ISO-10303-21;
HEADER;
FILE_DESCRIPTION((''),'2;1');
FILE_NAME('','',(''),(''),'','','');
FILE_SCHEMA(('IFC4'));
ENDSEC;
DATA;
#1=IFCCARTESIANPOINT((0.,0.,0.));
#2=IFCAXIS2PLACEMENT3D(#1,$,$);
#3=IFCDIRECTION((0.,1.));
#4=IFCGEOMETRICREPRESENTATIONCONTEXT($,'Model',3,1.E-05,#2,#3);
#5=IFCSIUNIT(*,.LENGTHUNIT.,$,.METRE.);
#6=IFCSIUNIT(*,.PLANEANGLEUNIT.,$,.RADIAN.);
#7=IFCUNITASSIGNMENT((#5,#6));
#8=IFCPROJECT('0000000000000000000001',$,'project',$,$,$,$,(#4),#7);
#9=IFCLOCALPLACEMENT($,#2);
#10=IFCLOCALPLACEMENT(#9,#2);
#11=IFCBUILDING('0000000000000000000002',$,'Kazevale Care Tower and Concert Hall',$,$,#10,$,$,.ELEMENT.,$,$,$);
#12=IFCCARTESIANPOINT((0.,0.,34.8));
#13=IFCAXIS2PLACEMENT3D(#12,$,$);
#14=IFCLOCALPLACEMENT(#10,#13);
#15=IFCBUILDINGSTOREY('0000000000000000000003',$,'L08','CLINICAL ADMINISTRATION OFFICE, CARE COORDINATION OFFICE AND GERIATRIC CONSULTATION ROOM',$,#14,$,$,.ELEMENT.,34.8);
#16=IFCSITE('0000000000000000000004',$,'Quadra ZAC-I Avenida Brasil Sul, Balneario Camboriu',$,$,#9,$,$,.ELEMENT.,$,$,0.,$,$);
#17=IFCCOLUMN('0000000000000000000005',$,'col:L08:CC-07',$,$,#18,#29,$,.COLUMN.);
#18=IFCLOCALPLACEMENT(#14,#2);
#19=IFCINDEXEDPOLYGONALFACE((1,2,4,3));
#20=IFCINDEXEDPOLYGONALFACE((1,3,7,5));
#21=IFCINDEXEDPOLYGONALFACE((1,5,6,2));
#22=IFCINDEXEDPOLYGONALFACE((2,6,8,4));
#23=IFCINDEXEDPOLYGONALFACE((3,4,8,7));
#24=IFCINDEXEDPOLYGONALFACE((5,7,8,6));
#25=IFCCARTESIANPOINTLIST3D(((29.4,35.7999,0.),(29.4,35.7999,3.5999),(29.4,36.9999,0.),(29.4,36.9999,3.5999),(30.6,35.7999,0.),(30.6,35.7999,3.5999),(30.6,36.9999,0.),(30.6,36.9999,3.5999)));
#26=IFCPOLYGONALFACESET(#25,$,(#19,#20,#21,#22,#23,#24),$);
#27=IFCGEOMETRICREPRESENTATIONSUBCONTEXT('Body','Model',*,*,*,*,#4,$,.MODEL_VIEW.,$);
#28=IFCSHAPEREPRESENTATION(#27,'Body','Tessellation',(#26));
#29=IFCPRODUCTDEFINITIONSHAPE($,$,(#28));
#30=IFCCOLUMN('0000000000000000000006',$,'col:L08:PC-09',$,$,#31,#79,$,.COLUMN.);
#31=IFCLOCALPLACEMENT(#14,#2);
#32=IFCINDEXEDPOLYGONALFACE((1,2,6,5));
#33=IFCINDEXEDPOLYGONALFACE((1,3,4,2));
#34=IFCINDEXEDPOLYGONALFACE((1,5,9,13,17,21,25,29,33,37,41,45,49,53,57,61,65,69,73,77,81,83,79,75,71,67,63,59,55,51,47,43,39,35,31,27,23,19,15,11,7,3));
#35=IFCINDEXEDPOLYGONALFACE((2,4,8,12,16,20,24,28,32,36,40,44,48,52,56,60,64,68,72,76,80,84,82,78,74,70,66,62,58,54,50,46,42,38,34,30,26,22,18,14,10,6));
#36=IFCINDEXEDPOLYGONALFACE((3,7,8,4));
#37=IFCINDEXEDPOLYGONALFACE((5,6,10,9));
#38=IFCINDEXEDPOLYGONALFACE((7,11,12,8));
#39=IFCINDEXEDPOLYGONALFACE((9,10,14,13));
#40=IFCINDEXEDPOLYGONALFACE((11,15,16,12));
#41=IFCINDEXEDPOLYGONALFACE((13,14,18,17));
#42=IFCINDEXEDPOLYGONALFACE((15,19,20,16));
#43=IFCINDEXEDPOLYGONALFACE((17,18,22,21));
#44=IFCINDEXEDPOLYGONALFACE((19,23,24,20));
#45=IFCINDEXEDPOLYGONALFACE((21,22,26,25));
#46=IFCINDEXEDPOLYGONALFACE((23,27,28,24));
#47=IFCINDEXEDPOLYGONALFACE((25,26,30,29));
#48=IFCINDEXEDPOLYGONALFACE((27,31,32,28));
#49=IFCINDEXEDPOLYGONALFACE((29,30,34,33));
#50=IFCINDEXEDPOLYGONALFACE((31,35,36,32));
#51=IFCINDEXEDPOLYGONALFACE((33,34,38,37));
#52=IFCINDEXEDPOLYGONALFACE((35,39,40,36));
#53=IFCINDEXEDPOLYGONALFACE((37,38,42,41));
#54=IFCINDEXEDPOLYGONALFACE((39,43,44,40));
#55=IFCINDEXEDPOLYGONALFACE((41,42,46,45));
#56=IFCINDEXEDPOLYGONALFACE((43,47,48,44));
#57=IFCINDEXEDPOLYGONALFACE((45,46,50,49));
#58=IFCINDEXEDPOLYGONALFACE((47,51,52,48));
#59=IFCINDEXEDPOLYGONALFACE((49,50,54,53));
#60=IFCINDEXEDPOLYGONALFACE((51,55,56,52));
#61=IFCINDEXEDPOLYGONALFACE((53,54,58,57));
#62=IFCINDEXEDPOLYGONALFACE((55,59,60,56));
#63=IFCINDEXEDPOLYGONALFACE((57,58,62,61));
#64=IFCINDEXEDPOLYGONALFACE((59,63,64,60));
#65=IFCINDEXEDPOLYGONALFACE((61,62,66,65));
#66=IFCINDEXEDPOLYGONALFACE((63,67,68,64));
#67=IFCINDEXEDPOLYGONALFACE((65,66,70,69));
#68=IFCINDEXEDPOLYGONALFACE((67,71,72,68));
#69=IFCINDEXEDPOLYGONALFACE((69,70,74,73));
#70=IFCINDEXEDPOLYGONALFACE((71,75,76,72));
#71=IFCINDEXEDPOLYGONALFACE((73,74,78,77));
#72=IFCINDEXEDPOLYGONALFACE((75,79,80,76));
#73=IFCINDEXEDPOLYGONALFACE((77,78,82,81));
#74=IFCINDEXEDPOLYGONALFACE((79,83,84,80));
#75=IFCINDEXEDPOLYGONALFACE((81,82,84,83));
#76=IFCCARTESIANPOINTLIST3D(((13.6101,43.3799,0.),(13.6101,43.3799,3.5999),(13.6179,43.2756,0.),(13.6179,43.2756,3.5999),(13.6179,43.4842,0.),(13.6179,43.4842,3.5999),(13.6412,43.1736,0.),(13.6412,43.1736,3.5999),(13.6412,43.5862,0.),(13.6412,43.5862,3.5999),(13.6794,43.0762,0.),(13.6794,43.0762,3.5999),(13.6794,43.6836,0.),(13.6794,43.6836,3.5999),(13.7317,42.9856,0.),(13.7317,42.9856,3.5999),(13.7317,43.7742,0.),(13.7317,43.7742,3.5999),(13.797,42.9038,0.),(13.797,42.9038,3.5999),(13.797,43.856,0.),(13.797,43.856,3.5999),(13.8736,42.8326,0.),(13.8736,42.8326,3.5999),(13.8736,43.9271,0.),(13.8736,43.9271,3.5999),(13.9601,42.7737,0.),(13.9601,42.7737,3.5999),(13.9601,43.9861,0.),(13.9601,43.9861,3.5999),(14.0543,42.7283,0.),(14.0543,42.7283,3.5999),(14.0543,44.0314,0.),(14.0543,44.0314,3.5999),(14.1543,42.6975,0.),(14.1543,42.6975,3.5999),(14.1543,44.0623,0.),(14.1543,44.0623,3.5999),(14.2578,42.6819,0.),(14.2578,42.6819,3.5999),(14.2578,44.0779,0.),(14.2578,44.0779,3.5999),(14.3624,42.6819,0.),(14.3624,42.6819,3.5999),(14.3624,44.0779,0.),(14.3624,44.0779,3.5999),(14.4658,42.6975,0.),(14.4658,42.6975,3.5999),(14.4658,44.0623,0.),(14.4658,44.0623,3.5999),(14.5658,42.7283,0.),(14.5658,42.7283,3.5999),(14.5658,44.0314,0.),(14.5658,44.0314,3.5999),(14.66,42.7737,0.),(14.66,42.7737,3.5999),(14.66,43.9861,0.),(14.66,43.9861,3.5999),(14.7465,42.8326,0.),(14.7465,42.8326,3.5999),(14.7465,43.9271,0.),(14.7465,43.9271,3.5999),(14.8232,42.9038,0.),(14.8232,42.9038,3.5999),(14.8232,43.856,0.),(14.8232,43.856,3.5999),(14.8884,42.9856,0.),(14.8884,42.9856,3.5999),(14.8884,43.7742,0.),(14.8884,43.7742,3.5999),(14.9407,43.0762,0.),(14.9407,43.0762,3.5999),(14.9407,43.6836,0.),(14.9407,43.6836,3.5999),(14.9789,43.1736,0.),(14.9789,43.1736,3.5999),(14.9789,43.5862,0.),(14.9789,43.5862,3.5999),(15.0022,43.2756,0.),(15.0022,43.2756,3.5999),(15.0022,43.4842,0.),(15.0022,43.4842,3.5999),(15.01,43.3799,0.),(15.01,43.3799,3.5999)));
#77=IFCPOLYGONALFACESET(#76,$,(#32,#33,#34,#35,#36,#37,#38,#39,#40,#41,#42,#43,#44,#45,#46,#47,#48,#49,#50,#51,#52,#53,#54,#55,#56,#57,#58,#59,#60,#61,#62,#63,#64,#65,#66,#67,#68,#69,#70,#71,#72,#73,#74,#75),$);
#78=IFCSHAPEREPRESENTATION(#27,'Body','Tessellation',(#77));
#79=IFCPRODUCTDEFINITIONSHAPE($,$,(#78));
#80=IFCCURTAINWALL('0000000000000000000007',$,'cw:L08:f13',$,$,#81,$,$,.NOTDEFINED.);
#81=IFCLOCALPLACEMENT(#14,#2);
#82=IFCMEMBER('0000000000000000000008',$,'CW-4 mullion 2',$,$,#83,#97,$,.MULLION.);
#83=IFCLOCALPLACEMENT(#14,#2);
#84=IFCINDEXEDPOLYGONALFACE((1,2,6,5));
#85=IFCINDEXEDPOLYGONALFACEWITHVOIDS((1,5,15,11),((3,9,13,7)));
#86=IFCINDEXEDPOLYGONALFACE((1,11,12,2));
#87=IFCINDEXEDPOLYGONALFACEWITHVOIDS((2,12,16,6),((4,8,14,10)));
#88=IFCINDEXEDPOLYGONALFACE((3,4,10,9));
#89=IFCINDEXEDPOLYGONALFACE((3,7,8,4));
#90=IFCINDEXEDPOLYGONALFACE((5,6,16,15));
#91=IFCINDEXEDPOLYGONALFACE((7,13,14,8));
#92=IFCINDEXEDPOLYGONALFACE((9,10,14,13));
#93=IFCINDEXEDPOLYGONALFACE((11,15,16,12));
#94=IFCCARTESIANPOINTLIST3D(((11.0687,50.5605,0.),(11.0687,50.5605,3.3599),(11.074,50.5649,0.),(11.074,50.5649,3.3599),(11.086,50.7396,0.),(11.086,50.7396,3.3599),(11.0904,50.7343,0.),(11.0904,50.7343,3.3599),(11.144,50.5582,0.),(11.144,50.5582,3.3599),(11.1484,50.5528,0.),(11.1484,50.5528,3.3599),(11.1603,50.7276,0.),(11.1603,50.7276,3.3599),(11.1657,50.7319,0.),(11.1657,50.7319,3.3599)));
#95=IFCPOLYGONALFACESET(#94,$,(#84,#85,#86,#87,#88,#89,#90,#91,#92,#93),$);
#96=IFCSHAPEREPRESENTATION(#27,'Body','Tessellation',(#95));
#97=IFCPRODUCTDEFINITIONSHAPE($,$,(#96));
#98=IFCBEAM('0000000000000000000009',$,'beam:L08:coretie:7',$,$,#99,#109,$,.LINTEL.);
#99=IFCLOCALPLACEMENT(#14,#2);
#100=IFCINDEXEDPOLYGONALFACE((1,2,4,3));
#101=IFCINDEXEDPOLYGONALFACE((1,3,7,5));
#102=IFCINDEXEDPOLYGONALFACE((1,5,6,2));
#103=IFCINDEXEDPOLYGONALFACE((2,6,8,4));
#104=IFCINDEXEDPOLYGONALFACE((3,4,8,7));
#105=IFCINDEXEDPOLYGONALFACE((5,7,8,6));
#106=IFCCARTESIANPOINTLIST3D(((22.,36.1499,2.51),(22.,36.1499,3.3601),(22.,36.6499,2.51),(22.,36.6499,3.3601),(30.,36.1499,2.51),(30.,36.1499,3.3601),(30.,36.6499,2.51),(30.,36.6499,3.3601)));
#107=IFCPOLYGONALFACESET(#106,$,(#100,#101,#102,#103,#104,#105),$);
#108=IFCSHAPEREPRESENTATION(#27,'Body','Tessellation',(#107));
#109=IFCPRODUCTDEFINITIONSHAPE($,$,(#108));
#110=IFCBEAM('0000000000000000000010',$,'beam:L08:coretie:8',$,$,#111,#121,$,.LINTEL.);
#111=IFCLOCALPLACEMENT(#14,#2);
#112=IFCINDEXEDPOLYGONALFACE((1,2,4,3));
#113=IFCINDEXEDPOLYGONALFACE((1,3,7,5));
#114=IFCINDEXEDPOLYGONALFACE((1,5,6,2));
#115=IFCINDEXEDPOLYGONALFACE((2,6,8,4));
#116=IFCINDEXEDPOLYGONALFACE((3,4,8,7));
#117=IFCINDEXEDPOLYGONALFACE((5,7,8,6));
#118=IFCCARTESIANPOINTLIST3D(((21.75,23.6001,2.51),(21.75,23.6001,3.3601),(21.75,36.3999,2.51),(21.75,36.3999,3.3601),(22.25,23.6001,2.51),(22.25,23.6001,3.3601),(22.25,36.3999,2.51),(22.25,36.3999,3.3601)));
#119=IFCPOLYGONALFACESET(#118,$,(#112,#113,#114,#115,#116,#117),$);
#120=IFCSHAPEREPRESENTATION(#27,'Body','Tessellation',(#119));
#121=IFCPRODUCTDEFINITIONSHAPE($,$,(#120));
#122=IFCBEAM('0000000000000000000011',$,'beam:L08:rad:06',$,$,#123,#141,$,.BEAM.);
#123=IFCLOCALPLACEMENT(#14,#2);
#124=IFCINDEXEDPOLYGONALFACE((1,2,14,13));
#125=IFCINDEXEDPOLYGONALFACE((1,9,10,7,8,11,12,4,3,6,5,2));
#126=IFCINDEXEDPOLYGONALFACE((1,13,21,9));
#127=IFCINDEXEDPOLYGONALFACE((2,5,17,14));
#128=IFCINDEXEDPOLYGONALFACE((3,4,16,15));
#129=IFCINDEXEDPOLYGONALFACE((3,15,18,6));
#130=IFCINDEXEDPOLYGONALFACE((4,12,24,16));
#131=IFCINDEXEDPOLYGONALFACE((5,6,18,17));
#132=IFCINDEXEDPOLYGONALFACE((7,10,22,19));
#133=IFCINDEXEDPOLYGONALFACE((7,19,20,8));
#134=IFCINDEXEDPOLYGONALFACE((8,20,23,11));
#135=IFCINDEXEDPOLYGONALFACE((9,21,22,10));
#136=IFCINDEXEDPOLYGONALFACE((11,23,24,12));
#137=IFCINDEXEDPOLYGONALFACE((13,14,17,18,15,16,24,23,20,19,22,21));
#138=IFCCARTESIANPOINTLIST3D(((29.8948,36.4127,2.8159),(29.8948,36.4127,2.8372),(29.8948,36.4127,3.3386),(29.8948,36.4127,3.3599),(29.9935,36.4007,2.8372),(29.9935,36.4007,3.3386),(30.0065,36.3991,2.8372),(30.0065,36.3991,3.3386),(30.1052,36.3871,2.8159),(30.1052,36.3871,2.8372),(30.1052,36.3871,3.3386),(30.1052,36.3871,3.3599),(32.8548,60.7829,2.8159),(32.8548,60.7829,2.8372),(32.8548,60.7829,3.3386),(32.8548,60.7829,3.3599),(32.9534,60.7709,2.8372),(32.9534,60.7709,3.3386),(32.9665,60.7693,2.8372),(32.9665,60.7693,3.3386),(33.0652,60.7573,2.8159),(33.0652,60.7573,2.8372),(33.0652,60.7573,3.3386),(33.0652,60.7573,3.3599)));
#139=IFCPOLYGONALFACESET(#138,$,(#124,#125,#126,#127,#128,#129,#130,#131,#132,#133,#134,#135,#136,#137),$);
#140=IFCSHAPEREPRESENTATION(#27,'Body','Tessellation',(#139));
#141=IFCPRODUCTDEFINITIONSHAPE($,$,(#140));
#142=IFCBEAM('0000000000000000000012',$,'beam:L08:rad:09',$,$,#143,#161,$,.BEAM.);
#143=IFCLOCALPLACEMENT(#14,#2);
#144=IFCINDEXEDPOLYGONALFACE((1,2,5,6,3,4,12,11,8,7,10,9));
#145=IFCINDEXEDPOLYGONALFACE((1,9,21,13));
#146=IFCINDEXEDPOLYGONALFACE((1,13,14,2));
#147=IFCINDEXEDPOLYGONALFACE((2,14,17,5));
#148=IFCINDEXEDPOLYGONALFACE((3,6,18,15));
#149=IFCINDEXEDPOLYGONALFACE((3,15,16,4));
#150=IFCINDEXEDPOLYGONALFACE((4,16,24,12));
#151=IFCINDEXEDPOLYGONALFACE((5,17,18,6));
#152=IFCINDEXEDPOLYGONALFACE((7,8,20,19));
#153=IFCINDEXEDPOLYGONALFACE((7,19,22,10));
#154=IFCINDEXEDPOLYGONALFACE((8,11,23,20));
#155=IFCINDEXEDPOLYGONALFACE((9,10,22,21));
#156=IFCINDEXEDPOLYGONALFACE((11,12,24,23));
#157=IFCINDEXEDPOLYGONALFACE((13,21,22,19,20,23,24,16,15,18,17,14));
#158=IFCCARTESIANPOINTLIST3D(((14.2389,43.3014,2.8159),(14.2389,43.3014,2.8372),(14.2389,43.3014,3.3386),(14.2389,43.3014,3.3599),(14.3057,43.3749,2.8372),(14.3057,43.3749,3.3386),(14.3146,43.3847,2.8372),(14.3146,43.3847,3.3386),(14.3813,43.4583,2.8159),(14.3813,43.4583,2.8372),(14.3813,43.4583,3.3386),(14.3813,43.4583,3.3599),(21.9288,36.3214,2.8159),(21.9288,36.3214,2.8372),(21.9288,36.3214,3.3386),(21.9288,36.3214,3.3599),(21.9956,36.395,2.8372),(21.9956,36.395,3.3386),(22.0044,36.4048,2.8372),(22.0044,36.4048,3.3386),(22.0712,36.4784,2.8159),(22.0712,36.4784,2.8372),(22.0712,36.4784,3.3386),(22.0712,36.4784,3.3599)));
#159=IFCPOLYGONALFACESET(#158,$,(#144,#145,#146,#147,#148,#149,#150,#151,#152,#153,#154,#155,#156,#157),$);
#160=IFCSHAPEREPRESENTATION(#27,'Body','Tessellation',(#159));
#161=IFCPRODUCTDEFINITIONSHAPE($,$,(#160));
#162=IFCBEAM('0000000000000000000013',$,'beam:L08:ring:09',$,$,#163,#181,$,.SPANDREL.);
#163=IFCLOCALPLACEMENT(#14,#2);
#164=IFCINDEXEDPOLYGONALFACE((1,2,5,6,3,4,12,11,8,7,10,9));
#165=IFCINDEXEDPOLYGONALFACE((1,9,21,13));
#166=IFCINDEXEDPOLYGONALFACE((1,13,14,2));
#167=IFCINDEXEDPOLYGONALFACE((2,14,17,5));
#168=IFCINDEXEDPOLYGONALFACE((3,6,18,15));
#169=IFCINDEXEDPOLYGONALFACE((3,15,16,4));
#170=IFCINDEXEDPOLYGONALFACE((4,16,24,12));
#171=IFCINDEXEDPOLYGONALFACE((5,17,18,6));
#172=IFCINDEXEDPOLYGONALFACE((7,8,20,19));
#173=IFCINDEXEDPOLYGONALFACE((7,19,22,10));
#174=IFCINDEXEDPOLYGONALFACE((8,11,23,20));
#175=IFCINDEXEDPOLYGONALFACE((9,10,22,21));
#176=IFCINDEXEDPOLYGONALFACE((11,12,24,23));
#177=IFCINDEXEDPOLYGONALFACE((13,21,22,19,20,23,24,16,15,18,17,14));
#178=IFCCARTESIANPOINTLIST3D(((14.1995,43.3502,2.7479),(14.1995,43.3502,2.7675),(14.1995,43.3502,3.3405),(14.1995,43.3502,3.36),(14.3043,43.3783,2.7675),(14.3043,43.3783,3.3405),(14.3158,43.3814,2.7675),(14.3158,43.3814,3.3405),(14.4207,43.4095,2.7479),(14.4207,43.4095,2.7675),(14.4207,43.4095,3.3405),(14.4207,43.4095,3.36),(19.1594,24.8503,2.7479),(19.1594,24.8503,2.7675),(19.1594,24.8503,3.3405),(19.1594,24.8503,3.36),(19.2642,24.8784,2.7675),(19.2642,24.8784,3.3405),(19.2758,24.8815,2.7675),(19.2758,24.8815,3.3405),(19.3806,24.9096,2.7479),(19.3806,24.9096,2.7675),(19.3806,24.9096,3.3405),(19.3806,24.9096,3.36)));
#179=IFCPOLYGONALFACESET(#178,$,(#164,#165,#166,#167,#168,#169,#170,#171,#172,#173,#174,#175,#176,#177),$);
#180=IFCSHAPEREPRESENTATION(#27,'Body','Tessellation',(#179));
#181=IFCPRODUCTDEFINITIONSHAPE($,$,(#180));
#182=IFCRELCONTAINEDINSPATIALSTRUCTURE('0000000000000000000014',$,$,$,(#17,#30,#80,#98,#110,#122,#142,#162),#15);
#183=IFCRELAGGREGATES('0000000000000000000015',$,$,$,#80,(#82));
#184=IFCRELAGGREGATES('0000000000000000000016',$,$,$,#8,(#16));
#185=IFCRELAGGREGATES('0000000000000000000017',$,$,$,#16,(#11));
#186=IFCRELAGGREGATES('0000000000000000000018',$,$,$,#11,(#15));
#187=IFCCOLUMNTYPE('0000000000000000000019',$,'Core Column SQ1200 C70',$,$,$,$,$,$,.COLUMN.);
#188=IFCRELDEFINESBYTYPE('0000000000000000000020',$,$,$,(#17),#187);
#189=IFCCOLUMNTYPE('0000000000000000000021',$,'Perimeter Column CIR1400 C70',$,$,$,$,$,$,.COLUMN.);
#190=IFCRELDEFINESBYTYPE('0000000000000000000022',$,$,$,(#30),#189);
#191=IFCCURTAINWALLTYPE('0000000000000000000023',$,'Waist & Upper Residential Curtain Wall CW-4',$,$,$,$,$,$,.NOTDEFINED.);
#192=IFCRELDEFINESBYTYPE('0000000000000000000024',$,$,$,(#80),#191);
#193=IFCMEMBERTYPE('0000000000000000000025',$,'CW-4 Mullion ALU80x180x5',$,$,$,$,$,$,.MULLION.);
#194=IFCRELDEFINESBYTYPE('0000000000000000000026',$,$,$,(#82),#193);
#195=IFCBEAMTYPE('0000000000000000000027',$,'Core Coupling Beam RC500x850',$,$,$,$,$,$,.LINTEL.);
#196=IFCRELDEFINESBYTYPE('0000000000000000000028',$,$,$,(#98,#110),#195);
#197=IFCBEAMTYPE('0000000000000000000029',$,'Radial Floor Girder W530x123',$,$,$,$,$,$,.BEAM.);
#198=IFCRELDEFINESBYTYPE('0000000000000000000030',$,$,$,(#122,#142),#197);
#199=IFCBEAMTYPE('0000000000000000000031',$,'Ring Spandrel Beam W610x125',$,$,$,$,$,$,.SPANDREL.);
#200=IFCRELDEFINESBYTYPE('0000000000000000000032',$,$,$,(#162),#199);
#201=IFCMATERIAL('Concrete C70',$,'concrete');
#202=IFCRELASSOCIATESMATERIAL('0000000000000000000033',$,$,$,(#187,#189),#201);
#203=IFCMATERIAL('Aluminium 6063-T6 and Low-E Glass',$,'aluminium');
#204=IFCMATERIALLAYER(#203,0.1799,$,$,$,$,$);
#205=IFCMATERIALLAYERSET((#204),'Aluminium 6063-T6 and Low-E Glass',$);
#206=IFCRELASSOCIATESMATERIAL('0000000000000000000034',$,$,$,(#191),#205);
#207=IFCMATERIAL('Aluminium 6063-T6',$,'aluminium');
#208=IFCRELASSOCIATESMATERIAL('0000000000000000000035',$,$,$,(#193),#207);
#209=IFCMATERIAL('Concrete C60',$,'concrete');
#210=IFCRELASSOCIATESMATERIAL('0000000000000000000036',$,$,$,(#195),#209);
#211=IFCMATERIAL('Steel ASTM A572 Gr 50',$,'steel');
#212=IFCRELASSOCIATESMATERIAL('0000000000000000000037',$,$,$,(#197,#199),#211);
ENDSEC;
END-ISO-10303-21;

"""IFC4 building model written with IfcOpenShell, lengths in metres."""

from ifc_helpers import new_model, si_unit, direction, frame, origin, origin_2d, place, context, subcontext, project, spatial, rectangle, hollow_rectangle, circle, i_section, extrude, material, layer, layer_set, material_profile, profile_set, type_object, element, aggregate, save


model = new_model("IFC4")

# Units and contexts
model_context = context("Model", 3, precision=1e-05, world=origin(), true_north=direction((0.0, 1.0)))
body_context = subcontext(model_context, "Body", "Model", "MODEL_VIEW")
ifc_project = project(units=[si_unit("LENGTHUNIT", "METRE"), si_unit("PLANEANGLEUNIT", "RADIAN")], contexts=[model_context])

# Site, building, storey
site_placement = place(None, origin())
site = spatial("IfcSite", under=ifc_project, at=site_placement, Name="Quadra ZAC-I Avenida Brasil Sul, Balneario Camboriu", CompositionType="ELEMENT", RefElevation=0.0)
building_placement = place(site_placement, origin())
building = spatial("IfcBuilding", under=site, at=building_placement, Name="Kazevale Care Tower and Concert Hall", CompositionType="ELEMENT")
storey_placement = place(building_placement, frame((0.0, 0.0, 34.8)))
storey = spatial("IfcBuildingStorey", under=building, at=storey_placement, Name="L08", Description="CLINICAL ADMINISTRATION OFFICE, CARE COORDINATION OFFICE AND GERIATRIC CONSULTATION ROOM", CompositionType="ELEMENT", Elevation=34.8)

# Columns
ifc_material_1 = material(Name="Concrete C70", Category="concrete")
ifc_material_profile_1 = material_profile(ifc_material_1, rectangle(XDim=1.2, YDim=1.2, at=origin_2d()), Name="RC-SQ1200")
ifc_profile_set_1 = profile_set([ifc_material_profile_1], Name="Concrete C70")
column_type_1 = type_object("IfcColumnType", Name="Core Column SQ1200 C70", PredefinedType="COLUMN", material=ifc_profile_set_1)
column_1_placement = place(storey_placement, frame((30.0, 36.3999, 0.0), z_axis=(0.0, 0.0, 1.0), x_axis=(1.0, 0.0, 0.0)))
element("IfcColumn", 1, at=column_1_placement, inside=storey, type_object=column_type_1, Name="col:L08:CC-07", PredefinedType="COLUMN", context=body_context, shape_type="SweptSolid", body=[
    extrude(rectangle(XDim=1.2, YDim=1.2, at=origin_2d()), origin(), (0.0, 0.0, 1.0), 3.5999),
])
ifc_material_profile_2 = material_profile(ifc_material_1, circle(Radius=0.7, at=origin_2d()), Name="RC-CIR1400")
ifc_profile_set_2 = profile_set([ifc_material_profile_2], Name="Concrete C70")
column_type_2 = type_object("IfcColumnType", Name="Perimeter Column CIR1400 C70", PredefinedType="COLUMN", material=ifc_profile_set_2)
column_2_placement = place(storey_placement, frame((14.3101, 43.3799, 0.0), z_axis=(0.0, 0.0, 1.0), x_axis=(1.0, 0.0, 0.0)))
element("IfcColumn", 2, at=column_2_placement, inside=storey, type_object=column_type_2, Name="col:L08:PC-09", PredefinedType="COLUMN", context=body_context, shape_type="SweptSolid", body=[
    extrude(circle(Radius=0.7, at=origin_2d()), origin(), (0.0, 0.0, 1.0), 3.5999),
])

# Curtain wall, member
ifc_material_2 = material(Name="Aluminium 6063-T6 and Low-E Glass", Category="aluminium")
ifc_layer_1 = layer(ifc_material_2, 0.1799)
ifc_layer_set_1 = layer_set([ifc_layer_1], Name="Aluminium 6063-T6 and Low-E Glass")
curtain_wall_type = type_object("IfcCurtainWallType", Name="Waist & Upper Residential Curtain Wall CW-4", PredefinedType="NOTDEFINED", material=ifc_layer_set_1)
curtain_wall_placement = place(storey_placement, origin())
curtain_wall = element("IfcCurtainWall", 3, at=curtain_wall_placement, inside=storey, type_object=curtain_wall_type, Name="cw:L08:f13", PredefinedType="NOTDEFINED")
ifc_material_3 = material(Name="Aluminium 6063-T6", Category="aluminium")
ifc_material_profile_3 = material_profile(ifc_material_3, hollow_rectangle(XDim=0.0801, YDim=0.1799, WallThickness=0.0049, at=origin_2d()), Name="ALU80x180x5")
ifc_profile_set_3 = profile_set([ifc_material_profile_3], Name="Aluminium 6063-T6")
member_type = type_object("IfcMemberType", Name="CW-4 Mullion ALU80x180x5", PredefinedType="MULLION", material=ifc_profile_set_3)
member_placement = place(storey_placement, frame((11.1172, 50.6462, 0.0), z_axis=(0.0, 0.0, 1.0), x_axis=(-0.995381, 0.096007, 0.0)))
member = element("IfcMember", 4, at=member_placement, type_object=member_type, Name="CW-4 mullion 2", PredefinedType="MULLION", context=body_context, shape_type="SweptSolid", body=[
    extrude(hollow_rectangle(XDim=0.0801, YDim=0.1799, WallThickness=0.0049, at=origin_2d()), origin(), (0.0, 0.0, 1.0), 3.3599),
])

# Beams
ifc_material_4 = material(Name="Concrete C60", Category="concrete")
ifc_material_profile_4 = material_profile(ifc_material_4, rectangle(XDim=0.5, YDim=0.8501, at=origin_2d()), Name="RC-B500x850")
ifc_profile_set_4 = profile_set([ifc_material_profile_4], Name="Concrete C60")
beam_type_1 = type_object("IfcBeamType", Name="Core Coupling Beam RC500x850", PredefinedType="LINTEL", material=ifc_profile_set_4)
beam_1_placement = place(storey_placement, frame((30.0, 36.3999, 2.9351), z_axis=(-1.0, 0.0, 0.0), x_axis=(0.0, -1.0, 0.0)))
element("IfcBeam", 5, at=beam_1_placement, inside=storey, type_object=beam_type_1, Name="beam:L08:coretie:7", PredefinedType="LINTEL", context=body_context, shape_type="SweptSolid", body=[
    extrude(rectangle(XDim=0.5, YDim=0.8501, at=origin_2d()), origin(), (0.0, 0.0, 1.0), 8.0),
])
beam_2_placement = place(storey_placement, frame((22.0, 36.3999, 2.9351), z_axis=(0.0, -1.0, 0.0), x_axis=(1.0, 0.0, 0.0)))
element("IfcBeam", 6, at=beam_2_placement, inside=storey, type_object=beam_type_1, Name="beam:L08:coretie:8", PredefinedType="LINTEL", context=body_context, shape_type="SweptSolid", body=[
    extrude(rectangle(XDim=0.5, YDim=0.8501, at=origin_2d()), origin(), (0.0, 0.0, 1.0), 12.7998),
])
ifc_material_5 = material(Name="Steel ASTM A572 Gr 50", Category="steel")
ifc_material_profile_5 = material_profile(ifc_material_5, i_section(OverallWidth=0.2119, OverallDepth=0.5439, WebThickness=0.0132, FlangeThickness=0.0212, at=origin_2d()), Name="W530x123")
ifc_profile_set_5 = profile_set([ifc_material_profile_5], Name="Steel ASTM A572 Gr 50")
beam_type_2 = type_object("IfcBeamType", Name="Radial Floor Girder W530x123", PredefinedType="BEAM", material=ifc_profile_set_5)
beam_3_placement = place(storey_placement, frame((30.0, 36.3999, 3.0879), z_axis=(0.120573, 0.992705, 0.0), x_axis=(-0.992705, 0.120573, 0.0)))
element("IfcBeam", 7, at=beam_3_placement, inside=storey, type_object=beam_type_2, Name="beam:L08:rad:06", PredefinedType="BEAM", context=body_context, shape_type="SweptSolid", body=[
    extrude(i_section(OverallWidth=0.2119, OverallDepth=0.5439, WebThickness=0.0132, FlangeThickness=0.0212, at=origin_2d()), origin(), (0.0, 0.0, 1.0), 24.5493),
])
beam_4_placement = place(storey_placement, frame((22.0, 36.3999, 3.0879), z_axis=(-0.740461, 0.672099, 0.0), x_axis=(-0.672099, -0.740461, 0.0)))
element("IfcBeam", 8, at=beam_4_placement, inside=storey, type_object=beam_type_2, Name="beam:L08:rad:09", PredefinedType="BEAM", context=body_context, shape_type="SweptSolid", body=[
    extrude(i_section(OverallWidth=0.2119, OverallDepth=0.5439, WebThickness=0.0132, FlangeThickness=0.0212, at=origin_2d()), origin(), (0.0, 0.0, 1.0), 10.3853),
])
ifc_material_profile_6 = material_profile(ifc_material_5, i_section(OverallWidth=0.229, OverallDepth=0.6121, WebThickness=0.012, FlangeThickness=0.0195, at=origin_2d()), Name="W610x125")
ifc_profile_set_6 = profile_set([ifc_material_profile_6], Name="Steel ASTM A572 Gr 50")
beam_type_3 = type_object("IfcBeamType", Name="Ring Spandrel Beam W610x125", PredefinedType="SPANDREL", material=ifc_profile_set_6)
beam_5_placement = place(storey_placement, frame((14.3101, 43.3799, 3.054), z_axis=(0.25896, -0.965888, 0.0), x_axis=(0.965888, 0.25896, 0.0)))
element("IfcBeam", 9, at=beam_5_placement, inside=storey, type_object=beam_type_3, Name="beam:L08:ring:09", PredefinedType="SPANDREL", context=body_context, shape_type="SweptSolid", body=[
    extrude(i_section(OverallWidth=0.229, OverallDepth=0.6121, WebThickness=0.012, FlangeThickness=0.0195, at=origin_2d()), origin(), (0.0, 0.0, 1.0), 19.1533),
])

aggregate(curtain_wall, [member])

save(model, "model.ifc")
